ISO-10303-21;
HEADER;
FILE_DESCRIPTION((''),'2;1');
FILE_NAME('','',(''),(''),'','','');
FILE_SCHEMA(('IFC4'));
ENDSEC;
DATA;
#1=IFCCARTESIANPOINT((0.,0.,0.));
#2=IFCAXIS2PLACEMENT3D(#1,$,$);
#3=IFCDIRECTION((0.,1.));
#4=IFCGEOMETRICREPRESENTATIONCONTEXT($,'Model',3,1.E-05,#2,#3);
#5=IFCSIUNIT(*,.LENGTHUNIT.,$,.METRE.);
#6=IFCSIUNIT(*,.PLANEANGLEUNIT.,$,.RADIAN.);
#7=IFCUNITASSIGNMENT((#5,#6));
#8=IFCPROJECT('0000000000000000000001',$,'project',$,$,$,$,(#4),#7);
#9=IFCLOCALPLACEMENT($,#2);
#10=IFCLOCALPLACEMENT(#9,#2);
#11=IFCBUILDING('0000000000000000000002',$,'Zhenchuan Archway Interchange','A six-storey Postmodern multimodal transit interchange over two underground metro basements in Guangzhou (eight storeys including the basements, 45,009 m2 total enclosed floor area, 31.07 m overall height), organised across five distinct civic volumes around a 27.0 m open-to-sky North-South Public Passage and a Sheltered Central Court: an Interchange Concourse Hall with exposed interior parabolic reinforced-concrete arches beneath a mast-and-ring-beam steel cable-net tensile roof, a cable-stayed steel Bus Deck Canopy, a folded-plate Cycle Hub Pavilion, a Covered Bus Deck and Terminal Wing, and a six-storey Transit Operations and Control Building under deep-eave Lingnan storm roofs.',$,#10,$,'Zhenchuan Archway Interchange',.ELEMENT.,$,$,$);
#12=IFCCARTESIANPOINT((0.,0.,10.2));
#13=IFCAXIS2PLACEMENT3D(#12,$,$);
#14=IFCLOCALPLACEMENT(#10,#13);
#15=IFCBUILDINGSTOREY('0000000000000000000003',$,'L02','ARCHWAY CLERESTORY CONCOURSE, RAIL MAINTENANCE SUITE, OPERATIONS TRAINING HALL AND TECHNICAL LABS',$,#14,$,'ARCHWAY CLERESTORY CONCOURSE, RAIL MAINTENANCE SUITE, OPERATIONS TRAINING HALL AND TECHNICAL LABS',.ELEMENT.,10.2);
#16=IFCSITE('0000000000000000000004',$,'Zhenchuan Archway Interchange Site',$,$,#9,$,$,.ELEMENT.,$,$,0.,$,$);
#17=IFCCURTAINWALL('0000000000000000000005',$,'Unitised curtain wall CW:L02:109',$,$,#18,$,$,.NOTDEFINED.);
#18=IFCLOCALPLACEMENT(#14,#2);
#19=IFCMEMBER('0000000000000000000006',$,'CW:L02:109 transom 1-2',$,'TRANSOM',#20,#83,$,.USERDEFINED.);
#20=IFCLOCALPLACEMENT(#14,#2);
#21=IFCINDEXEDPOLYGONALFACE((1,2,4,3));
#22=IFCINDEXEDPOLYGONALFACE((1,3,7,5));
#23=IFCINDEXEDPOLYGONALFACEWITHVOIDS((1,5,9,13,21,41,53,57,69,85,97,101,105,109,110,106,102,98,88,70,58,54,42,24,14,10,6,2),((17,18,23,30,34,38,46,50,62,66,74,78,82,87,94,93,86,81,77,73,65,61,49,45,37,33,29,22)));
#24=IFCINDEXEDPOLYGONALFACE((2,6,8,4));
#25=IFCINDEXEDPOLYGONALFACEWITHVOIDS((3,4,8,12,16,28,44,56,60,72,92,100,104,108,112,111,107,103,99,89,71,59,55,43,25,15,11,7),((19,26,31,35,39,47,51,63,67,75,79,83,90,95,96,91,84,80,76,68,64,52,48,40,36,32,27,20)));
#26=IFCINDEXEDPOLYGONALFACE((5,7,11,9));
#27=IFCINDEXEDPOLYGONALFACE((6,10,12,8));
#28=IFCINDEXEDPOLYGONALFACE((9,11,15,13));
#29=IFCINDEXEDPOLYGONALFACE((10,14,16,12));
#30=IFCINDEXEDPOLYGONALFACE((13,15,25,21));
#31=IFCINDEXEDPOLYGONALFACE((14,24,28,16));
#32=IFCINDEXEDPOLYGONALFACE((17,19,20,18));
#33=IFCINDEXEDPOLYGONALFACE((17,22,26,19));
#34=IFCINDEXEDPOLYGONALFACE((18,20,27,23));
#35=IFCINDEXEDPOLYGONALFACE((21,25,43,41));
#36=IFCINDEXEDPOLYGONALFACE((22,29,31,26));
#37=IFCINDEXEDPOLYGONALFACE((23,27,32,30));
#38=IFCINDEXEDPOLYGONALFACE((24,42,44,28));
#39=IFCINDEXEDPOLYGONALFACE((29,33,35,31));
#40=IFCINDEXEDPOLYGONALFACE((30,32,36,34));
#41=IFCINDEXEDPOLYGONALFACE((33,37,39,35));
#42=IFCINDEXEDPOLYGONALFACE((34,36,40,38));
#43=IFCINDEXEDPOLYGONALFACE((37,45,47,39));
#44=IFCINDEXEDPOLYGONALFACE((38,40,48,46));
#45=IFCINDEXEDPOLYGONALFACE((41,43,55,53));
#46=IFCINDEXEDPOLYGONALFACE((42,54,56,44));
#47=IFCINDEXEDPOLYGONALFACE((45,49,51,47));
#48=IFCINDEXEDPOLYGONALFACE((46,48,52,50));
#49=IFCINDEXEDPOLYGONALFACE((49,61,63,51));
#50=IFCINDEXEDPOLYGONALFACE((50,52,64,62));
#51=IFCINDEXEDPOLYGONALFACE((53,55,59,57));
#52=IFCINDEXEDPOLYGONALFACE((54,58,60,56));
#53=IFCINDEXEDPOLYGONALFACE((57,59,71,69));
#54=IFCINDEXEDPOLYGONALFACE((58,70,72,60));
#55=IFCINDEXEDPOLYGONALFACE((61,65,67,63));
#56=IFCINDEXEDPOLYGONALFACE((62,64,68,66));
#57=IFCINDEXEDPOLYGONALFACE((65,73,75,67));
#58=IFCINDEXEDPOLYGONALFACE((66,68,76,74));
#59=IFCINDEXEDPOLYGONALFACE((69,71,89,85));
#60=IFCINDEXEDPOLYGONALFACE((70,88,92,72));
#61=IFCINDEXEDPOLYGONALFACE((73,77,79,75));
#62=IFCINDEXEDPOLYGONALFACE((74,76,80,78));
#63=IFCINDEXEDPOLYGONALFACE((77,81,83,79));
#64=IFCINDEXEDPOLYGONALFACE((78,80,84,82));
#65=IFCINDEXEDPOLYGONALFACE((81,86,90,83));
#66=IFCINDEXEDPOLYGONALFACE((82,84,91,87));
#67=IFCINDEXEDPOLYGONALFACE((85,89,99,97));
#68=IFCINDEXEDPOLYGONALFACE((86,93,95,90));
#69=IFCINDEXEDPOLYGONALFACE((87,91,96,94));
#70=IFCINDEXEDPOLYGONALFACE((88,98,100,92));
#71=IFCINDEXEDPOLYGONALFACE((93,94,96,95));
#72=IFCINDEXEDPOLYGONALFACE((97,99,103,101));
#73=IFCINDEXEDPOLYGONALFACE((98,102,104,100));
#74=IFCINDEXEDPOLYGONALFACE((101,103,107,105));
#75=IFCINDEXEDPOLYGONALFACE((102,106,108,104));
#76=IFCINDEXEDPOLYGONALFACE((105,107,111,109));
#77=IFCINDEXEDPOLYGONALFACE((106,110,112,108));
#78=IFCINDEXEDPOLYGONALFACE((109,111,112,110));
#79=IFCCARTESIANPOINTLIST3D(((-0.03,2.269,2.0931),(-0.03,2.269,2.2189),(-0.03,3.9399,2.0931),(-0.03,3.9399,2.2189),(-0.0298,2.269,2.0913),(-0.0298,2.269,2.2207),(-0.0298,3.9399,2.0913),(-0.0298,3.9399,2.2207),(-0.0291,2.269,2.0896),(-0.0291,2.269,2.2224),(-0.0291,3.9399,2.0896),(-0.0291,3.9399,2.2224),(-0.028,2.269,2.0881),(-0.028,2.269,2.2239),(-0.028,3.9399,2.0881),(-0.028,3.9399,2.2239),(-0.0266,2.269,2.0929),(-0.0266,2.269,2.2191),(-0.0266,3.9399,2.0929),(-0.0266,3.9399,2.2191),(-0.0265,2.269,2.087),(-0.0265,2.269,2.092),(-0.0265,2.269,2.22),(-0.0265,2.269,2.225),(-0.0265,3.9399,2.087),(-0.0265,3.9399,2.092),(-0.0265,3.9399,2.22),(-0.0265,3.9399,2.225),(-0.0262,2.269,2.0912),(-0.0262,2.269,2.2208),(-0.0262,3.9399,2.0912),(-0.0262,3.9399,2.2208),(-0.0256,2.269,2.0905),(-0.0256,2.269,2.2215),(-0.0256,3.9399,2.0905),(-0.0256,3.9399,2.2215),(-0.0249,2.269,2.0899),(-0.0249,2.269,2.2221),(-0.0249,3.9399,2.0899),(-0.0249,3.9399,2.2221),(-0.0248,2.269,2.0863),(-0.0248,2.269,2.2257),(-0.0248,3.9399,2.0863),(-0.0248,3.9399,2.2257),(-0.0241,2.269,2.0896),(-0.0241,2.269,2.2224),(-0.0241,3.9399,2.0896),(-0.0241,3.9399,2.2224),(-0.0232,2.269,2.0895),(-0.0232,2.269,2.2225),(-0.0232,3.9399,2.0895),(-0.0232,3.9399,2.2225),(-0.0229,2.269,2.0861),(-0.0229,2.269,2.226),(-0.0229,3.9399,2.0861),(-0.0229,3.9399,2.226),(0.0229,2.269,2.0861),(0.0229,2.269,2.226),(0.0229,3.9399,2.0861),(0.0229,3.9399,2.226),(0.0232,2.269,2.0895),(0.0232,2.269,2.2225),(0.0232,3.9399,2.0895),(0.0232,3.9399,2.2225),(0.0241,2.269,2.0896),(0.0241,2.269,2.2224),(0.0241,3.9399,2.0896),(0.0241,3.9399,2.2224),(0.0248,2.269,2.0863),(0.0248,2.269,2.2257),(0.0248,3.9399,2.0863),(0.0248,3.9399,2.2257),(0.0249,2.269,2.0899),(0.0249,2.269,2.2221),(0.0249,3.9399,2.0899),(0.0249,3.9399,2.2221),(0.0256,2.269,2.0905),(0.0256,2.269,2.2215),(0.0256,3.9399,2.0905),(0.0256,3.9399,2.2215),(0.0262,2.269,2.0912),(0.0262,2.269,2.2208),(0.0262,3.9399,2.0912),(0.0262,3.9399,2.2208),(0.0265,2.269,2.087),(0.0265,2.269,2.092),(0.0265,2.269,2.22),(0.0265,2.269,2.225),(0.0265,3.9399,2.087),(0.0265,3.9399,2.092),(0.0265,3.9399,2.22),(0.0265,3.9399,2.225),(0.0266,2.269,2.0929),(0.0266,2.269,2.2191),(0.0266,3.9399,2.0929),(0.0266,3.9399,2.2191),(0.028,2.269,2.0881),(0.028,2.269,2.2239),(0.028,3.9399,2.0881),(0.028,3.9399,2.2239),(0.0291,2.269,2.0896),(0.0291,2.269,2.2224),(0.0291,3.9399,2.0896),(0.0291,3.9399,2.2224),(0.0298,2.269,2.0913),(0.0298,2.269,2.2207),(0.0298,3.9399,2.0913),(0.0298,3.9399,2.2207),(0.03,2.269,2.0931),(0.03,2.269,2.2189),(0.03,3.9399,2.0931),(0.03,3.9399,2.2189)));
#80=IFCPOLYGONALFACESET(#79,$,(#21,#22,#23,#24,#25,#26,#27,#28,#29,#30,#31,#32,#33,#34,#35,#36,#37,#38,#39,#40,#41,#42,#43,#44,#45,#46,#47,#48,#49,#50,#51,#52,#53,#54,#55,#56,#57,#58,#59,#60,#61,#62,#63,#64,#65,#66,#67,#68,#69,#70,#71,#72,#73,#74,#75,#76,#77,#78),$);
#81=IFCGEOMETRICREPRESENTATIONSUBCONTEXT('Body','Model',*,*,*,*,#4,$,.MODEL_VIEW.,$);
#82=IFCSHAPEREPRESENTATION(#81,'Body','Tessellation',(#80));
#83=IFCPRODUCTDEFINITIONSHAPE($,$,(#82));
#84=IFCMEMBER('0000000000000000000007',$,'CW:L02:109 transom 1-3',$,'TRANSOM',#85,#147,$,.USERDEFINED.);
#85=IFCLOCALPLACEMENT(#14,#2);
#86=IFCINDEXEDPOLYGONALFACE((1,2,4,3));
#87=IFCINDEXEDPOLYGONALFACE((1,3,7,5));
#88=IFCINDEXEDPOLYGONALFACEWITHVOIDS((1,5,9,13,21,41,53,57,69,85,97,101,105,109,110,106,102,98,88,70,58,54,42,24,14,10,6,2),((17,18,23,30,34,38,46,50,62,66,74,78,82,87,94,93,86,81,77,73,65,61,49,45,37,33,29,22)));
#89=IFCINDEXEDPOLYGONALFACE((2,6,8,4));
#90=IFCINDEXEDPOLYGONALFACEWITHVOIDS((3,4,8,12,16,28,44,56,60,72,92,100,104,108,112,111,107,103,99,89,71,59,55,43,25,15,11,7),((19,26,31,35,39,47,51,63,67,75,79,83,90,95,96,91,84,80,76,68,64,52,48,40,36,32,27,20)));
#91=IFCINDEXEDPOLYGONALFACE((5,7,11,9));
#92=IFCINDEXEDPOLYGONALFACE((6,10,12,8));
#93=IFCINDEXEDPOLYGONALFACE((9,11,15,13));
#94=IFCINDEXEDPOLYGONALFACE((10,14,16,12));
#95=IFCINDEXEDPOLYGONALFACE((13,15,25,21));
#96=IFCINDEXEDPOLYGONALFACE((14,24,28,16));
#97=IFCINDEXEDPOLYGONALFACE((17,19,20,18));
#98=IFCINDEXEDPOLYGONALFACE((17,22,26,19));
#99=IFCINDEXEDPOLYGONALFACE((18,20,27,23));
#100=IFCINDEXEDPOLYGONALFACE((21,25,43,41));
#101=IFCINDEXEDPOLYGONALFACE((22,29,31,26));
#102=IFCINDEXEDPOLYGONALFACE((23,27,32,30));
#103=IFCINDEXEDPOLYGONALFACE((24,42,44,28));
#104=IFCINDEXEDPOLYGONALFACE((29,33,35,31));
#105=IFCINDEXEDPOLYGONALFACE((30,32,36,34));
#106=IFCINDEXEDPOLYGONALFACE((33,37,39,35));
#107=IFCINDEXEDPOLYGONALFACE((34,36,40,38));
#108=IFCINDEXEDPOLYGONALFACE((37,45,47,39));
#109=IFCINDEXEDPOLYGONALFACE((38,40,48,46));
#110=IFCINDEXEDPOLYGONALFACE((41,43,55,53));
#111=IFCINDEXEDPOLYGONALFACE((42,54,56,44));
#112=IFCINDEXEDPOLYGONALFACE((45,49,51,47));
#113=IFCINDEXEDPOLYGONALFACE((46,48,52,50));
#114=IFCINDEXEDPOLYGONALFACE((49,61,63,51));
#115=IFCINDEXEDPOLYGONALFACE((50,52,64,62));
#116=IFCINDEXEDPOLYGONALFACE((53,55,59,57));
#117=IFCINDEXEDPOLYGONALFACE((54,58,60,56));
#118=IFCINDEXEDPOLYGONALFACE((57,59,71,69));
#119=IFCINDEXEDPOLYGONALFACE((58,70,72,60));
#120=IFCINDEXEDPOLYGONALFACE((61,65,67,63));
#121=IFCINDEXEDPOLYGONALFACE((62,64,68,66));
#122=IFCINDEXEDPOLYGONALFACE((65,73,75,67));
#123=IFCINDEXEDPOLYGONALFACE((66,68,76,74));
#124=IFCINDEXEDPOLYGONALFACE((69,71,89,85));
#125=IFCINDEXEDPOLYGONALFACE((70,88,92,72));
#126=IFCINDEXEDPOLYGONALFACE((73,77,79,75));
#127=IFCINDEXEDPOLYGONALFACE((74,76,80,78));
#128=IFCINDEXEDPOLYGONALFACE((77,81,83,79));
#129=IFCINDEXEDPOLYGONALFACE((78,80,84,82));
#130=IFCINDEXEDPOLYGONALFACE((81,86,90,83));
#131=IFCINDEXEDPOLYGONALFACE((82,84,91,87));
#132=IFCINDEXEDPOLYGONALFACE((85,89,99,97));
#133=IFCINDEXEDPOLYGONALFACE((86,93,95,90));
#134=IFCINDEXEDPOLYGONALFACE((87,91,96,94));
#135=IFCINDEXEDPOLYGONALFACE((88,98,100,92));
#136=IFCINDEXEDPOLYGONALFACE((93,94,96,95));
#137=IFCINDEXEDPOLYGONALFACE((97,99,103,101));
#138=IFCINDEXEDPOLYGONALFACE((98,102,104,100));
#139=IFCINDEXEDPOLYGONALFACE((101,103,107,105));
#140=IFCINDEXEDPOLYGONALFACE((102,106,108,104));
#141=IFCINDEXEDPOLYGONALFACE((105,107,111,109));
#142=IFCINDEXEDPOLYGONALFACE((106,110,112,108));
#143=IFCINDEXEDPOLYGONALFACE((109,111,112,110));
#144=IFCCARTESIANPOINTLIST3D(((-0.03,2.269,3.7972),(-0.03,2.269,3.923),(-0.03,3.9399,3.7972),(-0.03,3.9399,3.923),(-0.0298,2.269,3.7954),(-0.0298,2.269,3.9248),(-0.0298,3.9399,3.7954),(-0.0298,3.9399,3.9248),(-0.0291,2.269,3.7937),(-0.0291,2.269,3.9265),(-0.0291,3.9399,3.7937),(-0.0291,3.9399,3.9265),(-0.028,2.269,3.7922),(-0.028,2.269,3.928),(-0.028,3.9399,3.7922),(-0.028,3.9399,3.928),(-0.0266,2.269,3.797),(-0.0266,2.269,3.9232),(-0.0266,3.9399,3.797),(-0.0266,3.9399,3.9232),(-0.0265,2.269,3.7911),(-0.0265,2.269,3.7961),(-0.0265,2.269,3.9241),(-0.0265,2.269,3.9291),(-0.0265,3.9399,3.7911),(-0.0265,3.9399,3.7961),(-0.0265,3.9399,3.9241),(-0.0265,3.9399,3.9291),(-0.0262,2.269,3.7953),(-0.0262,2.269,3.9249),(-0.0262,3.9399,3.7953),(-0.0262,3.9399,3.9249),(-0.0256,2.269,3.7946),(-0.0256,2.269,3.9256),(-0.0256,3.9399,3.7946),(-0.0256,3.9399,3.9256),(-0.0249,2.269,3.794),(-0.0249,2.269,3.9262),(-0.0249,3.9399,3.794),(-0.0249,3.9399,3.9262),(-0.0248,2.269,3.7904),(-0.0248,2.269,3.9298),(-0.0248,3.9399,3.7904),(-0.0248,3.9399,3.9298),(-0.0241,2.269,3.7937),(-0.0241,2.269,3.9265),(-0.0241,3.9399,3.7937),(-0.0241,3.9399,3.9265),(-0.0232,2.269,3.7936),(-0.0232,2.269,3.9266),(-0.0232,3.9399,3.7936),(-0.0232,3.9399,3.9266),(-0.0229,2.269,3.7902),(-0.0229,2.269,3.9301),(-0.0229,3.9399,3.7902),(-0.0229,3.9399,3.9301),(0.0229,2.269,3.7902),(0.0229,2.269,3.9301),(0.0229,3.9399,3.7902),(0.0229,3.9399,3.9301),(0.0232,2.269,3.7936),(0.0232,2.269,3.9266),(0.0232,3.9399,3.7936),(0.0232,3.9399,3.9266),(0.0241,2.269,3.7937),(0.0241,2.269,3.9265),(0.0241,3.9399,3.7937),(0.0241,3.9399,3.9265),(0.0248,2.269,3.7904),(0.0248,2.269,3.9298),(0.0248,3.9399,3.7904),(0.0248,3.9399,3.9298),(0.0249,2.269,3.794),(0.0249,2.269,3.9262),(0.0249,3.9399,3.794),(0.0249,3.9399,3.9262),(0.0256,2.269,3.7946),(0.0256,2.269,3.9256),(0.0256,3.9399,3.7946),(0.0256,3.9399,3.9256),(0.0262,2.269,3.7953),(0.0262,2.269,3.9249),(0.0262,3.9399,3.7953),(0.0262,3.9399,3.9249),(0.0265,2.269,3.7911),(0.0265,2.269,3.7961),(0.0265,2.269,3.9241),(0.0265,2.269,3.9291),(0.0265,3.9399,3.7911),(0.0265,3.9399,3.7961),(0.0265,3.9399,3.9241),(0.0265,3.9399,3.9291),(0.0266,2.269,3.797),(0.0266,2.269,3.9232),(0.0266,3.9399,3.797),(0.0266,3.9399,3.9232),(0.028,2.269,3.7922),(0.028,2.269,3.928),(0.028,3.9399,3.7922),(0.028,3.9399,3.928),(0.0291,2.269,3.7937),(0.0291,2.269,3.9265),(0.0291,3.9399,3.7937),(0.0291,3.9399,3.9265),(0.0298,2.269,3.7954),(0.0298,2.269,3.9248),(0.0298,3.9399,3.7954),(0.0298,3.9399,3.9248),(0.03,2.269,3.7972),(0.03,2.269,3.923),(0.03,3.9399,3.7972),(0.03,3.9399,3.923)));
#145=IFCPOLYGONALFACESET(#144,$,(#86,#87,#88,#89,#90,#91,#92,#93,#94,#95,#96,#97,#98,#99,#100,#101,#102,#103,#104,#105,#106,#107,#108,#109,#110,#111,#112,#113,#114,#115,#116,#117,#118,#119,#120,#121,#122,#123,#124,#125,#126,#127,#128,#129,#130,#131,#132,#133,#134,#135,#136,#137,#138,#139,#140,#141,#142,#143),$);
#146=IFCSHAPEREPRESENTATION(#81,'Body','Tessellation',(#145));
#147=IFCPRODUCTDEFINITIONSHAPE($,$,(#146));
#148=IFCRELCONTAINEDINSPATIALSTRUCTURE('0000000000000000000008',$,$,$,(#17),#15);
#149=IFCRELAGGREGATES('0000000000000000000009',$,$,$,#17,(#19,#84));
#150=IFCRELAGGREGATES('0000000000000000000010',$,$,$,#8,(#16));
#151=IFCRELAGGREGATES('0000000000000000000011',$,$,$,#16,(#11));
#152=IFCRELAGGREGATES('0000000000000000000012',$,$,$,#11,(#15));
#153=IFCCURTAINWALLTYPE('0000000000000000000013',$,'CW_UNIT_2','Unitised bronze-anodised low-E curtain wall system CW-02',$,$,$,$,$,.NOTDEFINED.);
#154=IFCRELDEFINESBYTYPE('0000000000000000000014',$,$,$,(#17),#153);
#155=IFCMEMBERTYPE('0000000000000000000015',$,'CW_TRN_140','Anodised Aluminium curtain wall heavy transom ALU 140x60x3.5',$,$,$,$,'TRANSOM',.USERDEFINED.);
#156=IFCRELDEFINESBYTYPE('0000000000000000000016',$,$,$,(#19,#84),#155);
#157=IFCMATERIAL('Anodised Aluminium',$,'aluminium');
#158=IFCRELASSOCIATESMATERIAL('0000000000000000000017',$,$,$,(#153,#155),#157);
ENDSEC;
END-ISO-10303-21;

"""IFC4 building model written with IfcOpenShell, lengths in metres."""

from ifc_helpers import new_model, si_unit, direction, frame, origin, origin_2d, place, context, subcontext, project, spatial, hollow_rectangle, extrude, material, material_profile, profile_set, type_object, element, aggregate, save


model = new_model("IFC4")

# Units and contexts
model_context = context("Model", 3, precision=1e-05, world=origin(), true_north=direction((0.0, 1.0)))
body_context = subcontext(model_context, "Body", "Model", "MODEL_VIEW")
ifc_project = project(units=[si_unit("LENGTHUNIT", "METRE"), si_unit("PLANEANGLEUNIT", "RADIAN")], contexts=[model_context])

# Site, building, storey
site_placement = place(None, origin())
site = spatial("IfcSite", under=ifc_project, at=site_placement, Name="Zhenchuan Archway Interchange Site", CompositionType="ELEMENT", RefElevation=0.0)
building_placement = place(site_placement, origin())
building = spatial("IfcBuilding", under=site, at=building_placement, Name="Zhenchuan Archway Interchange", Description="A six-storey Postmodern multimodal transit interchange over two underground metro basements in Guangzhou (eight storeys including the basements, 45,009 m2 total enclosed floor area, 31.07 m overall height), organised across five distinct civic volumes around a 27.0 m open-to-sky North-South Public Passage and a Sheltered Central Court: an Interchange Concourse Hall with exposed interior parabolic reinforced-concrete arches beneath a mast-and-ring-beam steel cable-net tensile roof, a cable-stayed steel Bus Deck Canopy, a folded-plate Cycle Hub Pavilion, a Covered Bus Deck and Terminal Wing, and a six-storey Transit Operations and Control Building under deep-eave Lingnan storm roofs.", LongName="Zhenchuan Archway Interchange", CompositionType="ELEMENT")
storey_placement = place(building_placement, frame((0.0, 0.0, 10.2)))
storey = spatial("IfcBuildingStorey", under=building, at=storey_placement, Name="L02", Description="ARCHWAY CLERESTORY CONCOURSE, RAIL MAINTENANCE SUITE, OPERATIONS TRAINING HALL AND TECHNICAL LABS", LongName="ARCHWAY CLERESTORY CONCOURSE, RAIL MAINTENANCE SUITE, OPERATIONS TRAINING HALL AND TECHNICAL LABS", CompositionType="ELEMENT", Elevation=10.2)

# Curtain wall, members
ifc_material_1 = material(Name="Anodised Aluminium", Category="aluminium")
curtain_wall_type = type_object("IfcCurtainWallType", Name="CW_UNIT_2", Description="Unitised bronze-anodised low-E curtain wall system CW-02", PredefinedType="NOTDEFINED", material=ifc_material_1)
curtain_wall_placement = place(storey_placement, origin())
curtain_wall = element("IfcCurtainWall", 1, at=curtain_wall_placement, inside=storey, type_object=curtain_wall_type, Name="Unitised curtain wall CW:L02:109", PredefinedType="NOTDEFINED")
ifc_material_profile_1 = material_profile(ifc_material_1, hollow_rectangle(XDim=0.0601, YDim=0.1399, WallThickness=0.0034, InnerFilletRadius=0.0034, OuterFilletRadius=0.0071, at=origin_2d()), Name="ALU 140x60x3.5")
ifc_profile_set_1 = profile_set([ifc_material_profile_1], Name="Anodised Aluminium")
member_type_1 = type_object("IfcMemberType", Name="CW_TRN_140", Description="Anodised Aluminium curtain wall heavy transom ALU 140x60x3.5", ElementType="TRANSOM", PredefinedType="USERDEFINED", material=ifc_profile_set_1)
member_1_placement = place(storey_placement, frame((0.0, 2.269, 2.156), z_axis=(0.0, 1.0, 0.0), x_axis=(-1.0, 0.0, 0.0)))
member_1 = element("IfcMember", 2, at=member_1_placement, type_object=member_type_1, Name="CW:L02:109 transom 1-2", ObjectType="TRANSOM", PredefinedType="USERDEFINED", context=body_context, shape_type="SweptSolid", body=[
    extrude(hollow_rectangle(XDim=0.0601, YDim=0.1399, WallThickness=0.0034, InnerFilletRadius=0.0034, OuterFilletRadius=0.0071, at=origin_2d()), origin(), (0.0, 0.0, 1.0), 1.6709),
])
member_2_placement = place(storey_placement, frame((0.0, 2.269, 3.8601), z_axis=(0.0, 1.0, 0.0), x_axis=(-1.0, 0.0, 0.0)))
member_2 = element("IfcMember", 3, at=member_2_placement, type_object=member_type_1, Name="CW:L02:109 transom 1-3", ObjectType="TRANSOM", PredefinedType="USERDEFINED", context=body_context, shape_type="SweptSolid", body=[
    extrude(hollow_rectangle(XDim=0.0601, YDim=0.1399, WallThickness=0.0034, InnerFilletRadius=0.0034, OuterFilletRadius=0.0071, at=origin_2d()), origin(), (0.0, 0.0, 1.0), 1.6709),
])

aggregate(curtain_wall, [member_1, member_2])

save(model, "model.ifc")
